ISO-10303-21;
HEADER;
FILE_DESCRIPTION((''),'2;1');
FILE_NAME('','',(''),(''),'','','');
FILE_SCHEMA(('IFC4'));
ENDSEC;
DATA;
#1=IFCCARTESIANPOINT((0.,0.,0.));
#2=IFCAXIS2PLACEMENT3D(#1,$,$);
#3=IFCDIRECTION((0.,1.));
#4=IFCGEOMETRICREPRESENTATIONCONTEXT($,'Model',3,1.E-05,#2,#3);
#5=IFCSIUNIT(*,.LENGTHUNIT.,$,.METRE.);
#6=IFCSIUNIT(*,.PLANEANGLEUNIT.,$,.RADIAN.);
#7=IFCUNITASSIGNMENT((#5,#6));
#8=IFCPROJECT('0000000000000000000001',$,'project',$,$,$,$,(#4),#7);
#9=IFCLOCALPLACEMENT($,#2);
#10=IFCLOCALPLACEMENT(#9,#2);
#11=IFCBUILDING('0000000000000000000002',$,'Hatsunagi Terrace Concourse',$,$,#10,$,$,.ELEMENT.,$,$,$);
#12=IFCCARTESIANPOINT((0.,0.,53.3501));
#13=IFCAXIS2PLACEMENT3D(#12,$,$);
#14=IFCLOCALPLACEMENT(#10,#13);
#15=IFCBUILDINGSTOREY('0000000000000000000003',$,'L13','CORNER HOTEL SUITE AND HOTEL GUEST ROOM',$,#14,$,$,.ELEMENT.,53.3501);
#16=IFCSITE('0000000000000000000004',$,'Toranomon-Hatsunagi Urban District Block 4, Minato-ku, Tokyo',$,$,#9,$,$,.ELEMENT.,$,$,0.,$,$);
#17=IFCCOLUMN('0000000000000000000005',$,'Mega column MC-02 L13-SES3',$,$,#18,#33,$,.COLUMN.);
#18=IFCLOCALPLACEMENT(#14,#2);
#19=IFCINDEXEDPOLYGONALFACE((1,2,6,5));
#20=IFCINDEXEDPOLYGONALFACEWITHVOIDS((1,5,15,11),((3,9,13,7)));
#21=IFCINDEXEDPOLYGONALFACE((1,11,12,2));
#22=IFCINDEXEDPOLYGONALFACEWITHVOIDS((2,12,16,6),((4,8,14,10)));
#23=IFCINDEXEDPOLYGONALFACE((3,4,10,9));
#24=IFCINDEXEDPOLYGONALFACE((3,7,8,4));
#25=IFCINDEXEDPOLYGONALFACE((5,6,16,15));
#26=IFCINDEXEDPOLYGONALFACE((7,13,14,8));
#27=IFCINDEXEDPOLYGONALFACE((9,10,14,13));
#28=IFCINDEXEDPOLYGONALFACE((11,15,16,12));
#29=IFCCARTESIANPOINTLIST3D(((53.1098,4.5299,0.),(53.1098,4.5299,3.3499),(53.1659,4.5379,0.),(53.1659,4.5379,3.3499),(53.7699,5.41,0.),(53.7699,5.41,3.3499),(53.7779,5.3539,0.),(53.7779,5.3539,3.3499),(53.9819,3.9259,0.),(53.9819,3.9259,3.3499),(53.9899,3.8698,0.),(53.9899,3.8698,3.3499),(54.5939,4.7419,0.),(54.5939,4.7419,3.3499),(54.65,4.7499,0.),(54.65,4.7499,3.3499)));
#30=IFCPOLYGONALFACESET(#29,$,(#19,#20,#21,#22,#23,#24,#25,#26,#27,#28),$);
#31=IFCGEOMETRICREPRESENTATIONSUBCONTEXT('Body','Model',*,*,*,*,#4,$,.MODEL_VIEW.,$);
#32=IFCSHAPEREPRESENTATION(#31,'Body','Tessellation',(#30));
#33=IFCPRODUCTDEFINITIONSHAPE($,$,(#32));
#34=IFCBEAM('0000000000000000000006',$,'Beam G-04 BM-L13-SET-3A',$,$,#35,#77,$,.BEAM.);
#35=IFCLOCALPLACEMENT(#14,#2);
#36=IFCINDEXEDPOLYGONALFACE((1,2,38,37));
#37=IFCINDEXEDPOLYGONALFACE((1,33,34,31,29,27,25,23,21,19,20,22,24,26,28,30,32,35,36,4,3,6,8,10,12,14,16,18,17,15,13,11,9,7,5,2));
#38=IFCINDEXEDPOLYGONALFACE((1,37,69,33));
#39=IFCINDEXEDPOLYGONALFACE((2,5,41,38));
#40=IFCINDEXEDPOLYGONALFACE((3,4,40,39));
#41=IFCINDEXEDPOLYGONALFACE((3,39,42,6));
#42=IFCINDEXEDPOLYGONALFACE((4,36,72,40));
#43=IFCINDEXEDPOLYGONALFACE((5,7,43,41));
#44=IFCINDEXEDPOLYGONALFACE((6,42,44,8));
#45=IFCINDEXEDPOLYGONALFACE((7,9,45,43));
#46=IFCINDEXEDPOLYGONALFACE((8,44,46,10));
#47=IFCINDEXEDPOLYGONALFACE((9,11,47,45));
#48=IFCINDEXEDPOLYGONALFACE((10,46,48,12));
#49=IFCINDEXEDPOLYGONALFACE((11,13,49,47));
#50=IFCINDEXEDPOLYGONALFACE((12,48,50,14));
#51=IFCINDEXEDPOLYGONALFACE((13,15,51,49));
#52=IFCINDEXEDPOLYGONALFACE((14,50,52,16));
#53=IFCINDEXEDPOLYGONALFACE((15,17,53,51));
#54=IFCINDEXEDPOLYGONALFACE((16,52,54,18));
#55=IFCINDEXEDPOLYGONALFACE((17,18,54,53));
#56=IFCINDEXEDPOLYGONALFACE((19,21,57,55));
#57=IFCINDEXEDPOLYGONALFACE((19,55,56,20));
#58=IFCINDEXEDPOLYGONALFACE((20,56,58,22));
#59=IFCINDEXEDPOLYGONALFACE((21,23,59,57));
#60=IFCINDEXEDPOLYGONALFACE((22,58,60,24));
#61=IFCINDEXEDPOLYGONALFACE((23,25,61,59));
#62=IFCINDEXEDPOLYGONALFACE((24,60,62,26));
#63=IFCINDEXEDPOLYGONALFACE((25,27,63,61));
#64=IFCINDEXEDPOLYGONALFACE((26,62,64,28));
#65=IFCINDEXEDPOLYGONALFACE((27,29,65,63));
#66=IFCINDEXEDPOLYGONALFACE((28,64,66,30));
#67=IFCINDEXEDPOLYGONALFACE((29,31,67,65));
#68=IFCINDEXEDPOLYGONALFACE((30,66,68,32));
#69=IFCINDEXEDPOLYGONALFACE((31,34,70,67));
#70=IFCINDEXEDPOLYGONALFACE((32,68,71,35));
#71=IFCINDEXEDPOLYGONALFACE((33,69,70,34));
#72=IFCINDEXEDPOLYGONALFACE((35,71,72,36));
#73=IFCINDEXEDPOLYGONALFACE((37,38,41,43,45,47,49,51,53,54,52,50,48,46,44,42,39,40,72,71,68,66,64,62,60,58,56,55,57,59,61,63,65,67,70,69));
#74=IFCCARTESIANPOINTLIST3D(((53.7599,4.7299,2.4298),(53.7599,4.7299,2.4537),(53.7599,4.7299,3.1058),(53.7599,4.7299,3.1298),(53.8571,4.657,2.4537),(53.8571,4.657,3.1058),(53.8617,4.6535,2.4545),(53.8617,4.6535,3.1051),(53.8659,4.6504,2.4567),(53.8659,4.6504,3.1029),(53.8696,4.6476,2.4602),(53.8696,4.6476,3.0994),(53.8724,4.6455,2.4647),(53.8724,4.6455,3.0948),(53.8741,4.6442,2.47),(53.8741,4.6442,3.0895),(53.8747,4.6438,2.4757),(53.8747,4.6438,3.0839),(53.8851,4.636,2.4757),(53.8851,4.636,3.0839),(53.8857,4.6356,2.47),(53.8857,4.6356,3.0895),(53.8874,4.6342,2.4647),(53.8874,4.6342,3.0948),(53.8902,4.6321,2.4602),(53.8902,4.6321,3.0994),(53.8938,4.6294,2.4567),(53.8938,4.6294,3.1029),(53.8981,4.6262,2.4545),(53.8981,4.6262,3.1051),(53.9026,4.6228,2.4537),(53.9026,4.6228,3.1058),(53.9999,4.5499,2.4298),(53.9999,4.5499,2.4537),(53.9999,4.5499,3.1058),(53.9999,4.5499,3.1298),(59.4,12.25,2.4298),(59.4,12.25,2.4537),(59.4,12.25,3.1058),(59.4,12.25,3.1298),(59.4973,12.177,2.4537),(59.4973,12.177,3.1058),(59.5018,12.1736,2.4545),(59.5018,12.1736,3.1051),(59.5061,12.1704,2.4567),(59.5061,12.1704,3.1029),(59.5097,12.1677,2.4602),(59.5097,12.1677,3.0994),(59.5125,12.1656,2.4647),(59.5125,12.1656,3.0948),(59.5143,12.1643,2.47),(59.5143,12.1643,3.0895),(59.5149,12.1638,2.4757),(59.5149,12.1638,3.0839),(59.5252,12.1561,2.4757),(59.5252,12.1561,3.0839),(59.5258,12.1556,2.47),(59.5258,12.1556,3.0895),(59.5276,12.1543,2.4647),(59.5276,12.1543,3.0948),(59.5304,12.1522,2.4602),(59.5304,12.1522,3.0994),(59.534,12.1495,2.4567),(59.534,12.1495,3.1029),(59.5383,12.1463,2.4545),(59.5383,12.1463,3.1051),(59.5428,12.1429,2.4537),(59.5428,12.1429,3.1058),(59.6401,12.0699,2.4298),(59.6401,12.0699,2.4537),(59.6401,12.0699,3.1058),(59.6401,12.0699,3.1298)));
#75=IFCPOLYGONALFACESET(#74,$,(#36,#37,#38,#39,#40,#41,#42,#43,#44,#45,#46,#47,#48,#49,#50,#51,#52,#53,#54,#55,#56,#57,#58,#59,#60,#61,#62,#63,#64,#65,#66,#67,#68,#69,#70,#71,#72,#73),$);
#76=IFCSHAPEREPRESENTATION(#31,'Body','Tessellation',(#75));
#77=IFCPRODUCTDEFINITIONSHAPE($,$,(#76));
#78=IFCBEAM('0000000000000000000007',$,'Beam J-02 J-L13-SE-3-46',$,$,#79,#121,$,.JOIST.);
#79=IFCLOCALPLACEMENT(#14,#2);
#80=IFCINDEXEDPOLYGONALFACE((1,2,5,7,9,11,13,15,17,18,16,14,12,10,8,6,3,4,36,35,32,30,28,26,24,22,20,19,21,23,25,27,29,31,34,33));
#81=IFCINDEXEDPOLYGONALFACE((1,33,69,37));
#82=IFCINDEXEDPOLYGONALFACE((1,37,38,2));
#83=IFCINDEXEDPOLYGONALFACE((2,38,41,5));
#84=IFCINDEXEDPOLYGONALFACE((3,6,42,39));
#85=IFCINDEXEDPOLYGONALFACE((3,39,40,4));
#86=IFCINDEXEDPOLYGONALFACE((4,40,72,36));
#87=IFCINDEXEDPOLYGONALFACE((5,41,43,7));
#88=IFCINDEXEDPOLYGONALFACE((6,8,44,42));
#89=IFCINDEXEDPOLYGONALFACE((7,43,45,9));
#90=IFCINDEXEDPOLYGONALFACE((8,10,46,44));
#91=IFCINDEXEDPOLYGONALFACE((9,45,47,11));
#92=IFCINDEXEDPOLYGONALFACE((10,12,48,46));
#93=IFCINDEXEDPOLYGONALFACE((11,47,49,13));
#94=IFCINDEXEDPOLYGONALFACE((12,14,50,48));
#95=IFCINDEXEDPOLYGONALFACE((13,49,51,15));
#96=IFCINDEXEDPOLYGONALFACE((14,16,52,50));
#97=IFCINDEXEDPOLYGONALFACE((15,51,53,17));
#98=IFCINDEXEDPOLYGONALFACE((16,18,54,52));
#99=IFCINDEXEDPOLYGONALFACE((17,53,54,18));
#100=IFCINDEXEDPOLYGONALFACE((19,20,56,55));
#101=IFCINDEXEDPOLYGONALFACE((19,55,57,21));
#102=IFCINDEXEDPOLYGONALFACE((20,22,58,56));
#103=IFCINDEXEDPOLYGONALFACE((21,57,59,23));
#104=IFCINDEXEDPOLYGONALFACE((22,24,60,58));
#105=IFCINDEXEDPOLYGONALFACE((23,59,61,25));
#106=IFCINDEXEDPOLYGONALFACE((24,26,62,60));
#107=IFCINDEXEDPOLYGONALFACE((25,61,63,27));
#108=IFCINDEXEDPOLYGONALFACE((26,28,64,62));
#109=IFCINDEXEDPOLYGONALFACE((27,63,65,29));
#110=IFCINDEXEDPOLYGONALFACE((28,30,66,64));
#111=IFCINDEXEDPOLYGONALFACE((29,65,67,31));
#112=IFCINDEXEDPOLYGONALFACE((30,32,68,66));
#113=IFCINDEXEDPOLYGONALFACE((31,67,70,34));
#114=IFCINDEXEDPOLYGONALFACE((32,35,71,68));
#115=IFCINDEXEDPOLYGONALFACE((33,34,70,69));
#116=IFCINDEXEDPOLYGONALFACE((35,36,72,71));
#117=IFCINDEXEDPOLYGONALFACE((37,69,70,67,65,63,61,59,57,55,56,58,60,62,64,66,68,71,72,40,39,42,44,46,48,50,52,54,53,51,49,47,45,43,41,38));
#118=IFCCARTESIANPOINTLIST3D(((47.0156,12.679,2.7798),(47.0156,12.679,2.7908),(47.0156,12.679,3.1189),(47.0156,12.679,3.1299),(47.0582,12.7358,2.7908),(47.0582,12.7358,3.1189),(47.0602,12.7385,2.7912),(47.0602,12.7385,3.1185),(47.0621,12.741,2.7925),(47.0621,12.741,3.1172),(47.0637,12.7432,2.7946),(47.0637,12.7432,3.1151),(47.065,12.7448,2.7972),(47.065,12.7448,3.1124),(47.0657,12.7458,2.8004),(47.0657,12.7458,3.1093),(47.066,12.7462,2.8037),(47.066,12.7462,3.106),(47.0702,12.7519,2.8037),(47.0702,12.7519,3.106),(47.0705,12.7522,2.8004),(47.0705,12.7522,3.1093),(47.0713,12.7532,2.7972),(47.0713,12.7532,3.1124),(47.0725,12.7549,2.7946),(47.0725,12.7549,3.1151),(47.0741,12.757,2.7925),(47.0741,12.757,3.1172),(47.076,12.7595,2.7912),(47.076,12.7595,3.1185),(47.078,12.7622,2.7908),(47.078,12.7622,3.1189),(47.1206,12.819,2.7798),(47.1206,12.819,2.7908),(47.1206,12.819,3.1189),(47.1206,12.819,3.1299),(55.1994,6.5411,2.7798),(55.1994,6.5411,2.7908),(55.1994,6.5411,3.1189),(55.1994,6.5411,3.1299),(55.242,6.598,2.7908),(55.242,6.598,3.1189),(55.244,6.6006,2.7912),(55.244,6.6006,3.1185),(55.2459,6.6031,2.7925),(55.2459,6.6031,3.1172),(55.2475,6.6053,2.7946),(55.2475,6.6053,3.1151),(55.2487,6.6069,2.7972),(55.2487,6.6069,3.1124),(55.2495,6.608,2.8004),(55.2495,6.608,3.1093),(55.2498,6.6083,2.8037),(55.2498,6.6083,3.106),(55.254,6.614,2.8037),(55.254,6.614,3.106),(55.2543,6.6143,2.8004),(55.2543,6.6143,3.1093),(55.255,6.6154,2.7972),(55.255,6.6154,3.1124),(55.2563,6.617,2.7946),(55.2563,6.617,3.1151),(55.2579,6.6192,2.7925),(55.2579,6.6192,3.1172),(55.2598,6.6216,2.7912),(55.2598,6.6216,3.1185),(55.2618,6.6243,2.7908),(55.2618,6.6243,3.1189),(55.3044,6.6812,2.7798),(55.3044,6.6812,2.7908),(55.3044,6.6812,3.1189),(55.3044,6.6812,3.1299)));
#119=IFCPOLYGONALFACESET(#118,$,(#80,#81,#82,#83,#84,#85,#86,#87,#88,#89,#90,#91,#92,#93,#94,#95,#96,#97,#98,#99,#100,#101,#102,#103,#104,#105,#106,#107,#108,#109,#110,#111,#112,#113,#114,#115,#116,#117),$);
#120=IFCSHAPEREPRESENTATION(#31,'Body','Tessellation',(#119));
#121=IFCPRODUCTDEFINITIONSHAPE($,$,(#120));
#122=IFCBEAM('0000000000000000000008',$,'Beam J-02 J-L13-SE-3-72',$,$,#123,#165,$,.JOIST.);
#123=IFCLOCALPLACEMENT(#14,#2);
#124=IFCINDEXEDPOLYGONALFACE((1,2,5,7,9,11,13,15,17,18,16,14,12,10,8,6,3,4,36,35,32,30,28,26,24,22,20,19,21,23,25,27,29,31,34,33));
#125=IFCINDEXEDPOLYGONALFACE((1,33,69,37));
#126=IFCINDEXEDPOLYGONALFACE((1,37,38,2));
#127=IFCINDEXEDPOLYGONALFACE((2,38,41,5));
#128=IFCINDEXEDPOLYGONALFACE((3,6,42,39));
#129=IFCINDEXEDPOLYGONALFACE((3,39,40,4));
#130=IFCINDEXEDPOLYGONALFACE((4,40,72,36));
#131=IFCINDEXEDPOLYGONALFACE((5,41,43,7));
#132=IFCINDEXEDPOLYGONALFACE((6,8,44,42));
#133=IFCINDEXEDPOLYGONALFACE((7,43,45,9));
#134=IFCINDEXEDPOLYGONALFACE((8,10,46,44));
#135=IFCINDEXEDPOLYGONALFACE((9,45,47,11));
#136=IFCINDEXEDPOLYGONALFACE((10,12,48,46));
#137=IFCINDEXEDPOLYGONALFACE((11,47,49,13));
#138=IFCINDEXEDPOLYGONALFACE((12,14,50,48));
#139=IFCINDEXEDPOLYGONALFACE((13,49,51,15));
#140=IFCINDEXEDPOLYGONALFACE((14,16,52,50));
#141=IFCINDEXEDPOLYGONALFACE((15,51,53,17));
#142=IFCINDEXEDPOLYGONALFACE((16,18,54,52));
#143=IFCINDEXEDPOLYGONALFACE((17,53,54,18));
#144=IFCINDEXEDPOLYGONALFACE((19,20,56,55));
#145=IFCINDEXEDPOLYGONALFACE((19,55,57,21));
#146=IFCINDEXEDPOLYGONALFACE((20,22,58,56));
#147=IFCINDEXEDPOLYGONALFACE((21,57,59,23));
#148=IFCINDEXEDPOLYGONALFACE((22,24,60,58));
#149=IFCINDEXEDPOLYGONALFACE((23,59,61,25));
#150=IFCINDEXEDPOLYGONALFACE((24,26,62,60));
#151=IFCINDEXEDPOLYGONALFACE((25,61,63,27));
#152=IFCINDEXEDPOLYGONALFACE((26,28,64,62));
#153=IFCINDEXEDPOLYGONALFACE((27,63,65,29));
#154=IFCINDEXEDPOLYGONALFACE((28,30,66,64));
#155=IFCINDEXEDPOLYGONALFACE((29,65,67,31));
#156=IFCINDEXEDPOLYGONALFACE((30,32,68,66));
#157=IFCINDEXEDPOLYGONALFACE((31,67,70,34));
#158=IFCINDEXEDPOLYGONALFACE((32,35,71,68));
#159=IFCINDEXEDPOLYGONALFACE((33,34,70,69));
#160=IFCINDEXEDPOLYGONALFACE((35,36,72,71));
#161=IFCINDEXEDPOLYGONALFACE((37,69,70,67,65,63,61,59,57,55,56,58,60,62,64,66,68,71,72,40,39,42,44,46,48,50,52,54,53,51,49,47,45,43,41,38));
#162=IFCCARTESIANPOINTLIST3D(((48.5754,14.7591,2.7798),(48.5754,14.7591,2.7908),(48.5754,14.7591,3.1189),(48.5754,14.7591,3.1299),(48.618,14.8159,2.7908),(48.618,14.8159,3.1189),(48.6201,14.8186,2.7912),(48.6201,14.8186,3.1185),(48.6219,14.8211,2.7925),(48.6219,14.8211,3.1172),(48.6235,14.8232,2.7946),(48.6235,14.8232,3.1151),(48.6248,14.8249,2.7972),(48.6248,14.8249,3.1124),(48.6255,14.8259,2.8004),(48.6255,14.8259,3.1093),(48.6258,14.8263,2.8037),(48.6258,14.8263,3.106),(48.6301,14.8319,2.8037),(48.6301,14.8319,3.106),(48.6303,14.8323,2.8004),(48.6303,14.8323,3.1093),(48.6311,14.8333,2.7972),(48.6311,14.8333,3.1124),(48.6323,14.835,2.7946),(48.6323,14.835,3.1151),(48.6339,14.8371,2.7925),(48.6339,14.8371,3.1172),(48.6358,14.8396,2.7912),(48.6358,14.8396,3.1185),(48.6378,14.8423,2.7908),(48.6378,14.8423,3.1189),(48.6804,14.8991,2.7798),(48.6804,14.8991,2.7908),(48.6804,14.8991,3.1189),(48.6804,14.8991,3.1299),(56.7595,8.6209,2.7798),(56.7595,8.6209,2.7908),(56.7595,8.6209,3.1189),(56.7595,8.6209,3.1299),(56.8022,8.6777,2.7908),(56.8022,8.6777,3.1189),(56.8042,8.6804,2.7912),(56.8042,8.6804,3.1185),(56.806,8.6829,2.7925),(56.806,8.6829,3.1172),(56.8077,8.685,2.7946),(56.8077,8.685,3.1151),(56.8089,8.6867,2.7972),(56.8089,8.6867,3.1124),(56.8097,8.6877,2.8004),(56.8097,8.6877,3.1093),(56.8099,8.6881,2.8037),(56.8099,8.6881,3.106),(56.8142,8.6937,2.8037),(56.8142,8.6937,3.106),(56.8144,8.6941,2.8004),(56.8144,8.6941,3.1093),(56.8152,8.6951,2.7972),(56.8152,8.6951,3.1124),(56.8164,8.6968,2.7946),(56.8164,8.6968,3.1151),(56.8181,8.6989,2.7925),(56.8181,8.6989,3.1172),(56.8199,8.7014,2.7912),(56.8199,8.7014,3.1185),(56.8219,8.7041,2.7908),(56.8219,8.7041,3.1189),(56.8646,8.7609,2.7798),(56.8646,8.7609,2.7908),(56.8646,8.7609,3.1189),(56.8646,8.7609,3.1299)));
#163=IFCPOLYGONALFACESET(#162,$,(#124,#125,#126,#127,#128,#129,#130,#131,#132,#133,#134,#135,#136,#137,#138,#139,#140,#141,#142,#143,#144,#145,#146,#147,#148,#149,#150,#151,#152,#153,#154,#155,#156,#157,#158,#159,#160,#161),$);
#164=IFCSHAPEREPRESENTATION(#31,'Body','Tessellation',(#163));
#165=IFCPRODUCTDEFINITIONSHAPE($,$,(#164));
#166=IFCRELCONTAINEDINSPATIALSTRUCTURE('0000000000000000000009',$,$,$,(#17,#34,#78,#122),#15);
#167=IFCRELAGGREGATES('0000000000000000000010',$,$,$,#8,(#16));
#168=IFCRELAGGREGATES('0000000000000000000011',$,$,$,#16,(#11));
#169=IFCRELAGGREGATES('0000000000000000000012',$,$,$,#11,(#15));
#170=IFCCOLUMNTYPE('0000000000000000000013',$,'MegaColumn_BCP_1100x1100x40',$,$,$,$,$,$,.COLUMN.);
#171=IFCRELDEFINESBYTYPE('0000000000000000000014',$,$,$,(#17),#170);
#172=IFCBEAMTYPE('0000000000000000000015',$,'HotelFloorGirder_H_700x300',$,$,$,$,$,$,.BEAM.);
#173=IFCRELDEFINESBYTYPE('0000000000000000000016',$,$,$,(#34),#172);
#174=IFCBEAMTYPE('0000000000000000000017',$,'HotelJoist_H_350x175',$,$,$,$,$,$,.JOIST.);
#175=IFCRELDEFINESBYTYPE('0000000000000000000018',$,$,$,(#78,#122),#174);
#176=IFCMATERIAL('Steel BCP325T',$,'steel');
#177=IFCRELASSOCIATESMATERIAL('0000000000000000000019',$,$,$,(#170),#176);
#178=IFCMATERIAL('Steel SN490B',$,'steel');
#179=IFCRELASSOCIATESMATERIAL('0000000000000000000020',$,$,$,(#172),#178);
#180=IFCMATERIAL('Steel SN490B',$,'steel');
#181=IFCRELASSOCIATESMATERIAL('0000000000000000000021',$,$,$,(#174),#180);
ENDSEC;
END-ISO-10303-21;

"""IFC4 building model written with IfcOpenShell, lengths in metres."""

from ifc_helpers import new_model, si_unit, direction, frame, origin, origin_2d, place, context, subcontext, project, spatial, hollow_rectangle, i_section, extrude, material, material_profile, profile_set, type_object, element, save


model = new_model("IFC4")

# Units and contexts
model_context = context("Model", 3, precision=1e-05, world=origin(), true_north=direction((0.0, 1.0)))
body_context = subcontext(model_context, "Body", "Model", "MODEL_VIEW")
ifc_project = project(units=[si_unit("LENGTHUNIT", "METRE"), si_unit("PLANEANGLEUNIT", "RADIAN")], contexts=[model_context])

# Site, building, storey
site_placement = place(None, origin())
site = spatial("IfcSite", under=ifc_project, at=site_placement, Name="Toranomon-Hatsunagi Urban District Block 4, Minato-ku, Tokyo", CompositionType="ELEMENT", RefElevation=0.0)
building_placement = place(site_placement, origin())
building = spatial("IfcBuilding", under=site, at=building_placement, Name="Hatsunagi Terrace Concourse", CompositionType="ELEMENT")
storey_placement = place(building_placement, frame((0.0, 0.0, 53.3501)))
storey = spatial("IfcBuildingStorey", under=building, at=storey_placement, Name="L13", Description="CORNER HOTEL SUITE AND HOTEL GUEST ROOM", CompositionType="ELEMENT", Elevation=53.3501)

# Column
ifc_material_1 = material(Name="Steel BCP325T", Category="steel")
ifc_material_profile_1 = material_profile(ifc_material_1, hollow_rectangle(XDim=1.1001, YDim=1.1001, WallThickness=0.04, at=origin_2d()), Name="BCP-1100x1100x40")
ifc_profile_set_1 = profile_set([ifc_material_profile_1], Name="Steel BCP325T")
column_type = type_object("IfcColumnType", Name="MegaColumn_BCP_1100x1100x40", PredefinedType="COLUMN", material=ifc_profile_set_1)
column_placement = place(storey_placement, frame((53.8799, 4.6399, 0.0), z_axis=(0.0, 0.0, 1.0), x_axis=(0.8, -0.6, 0.0)))
element("IfcColumn", 1, at=column_placement, inside=storey, type_object=column_type, Name="Mega column MC-02 L13-SES3", PredefinedType="COLUMN", context=body_context, shape_type="SweptSolid", body=[
    extrude(hollow_rectangle(XDim=1.1001, YDim=1.1001, WallThickness=0.04, at=origin_2d()), origin(), (0.0, 0.0, 1.0), 3.3499),
])

# Beams
ifc_material_2 = material(Name="Steel SN490B", Category="steel")
ifc_material_profile_2 = material_profile(ifc_material_2, i_section(OverallWidth=0.3, OverallDepth=0.7, WebThickness=0.0129, FlangeThickness=0.0239, FilletRadius=0.022, at=origin_2d()), Name="H-700x300x13x24")
ifc_profile_set_2 = profile_set([ifc_material_profile_2], Name="Steel SN490B")
beam_type_1 = type_object("IfcBeamType", Name="HotelFloorGirder_H_700x300", PredefinedType="BEAM", material=ifc_profile_set_2)
beam_1_placement = place(storey_placement, frame((53.8799, 4.6399, 2.7798), z_axis=(0.600008, 0.799994, 0.0), x_axis=(-0.799994, 0.600008, 0.0)))
element("IfcBeam", 2, at=beam_1_placement, inside=storey, type_object=beam_type_1, Name="Beam G-04 BM-L13-SET-3A", PredefinedType="BEAM", context=body_context, shape_type="SweptSolid", body=[
    extrude(i_section(OverallWidth=0.3, OverallDepth=0.7, WebThickness=0.0129, FlangeThickness=0.0239, FilletRadius=0.022, at=origin_2d()), origin(), (0.0, 0.0, 1.0), 9.4001),
])
ifc_material_3 = material(Name="Steel SN490B", Category="steel")
ifc_material_profile_3 = material_profile(ifc_material_3, i_section(OverallWidth=0.175, OverallDepth=0.3501, WebThickness=0.0071, FlangeThickness=0.011, FilletRadius=0.0129, at=origin_2d()), Name="H-350x175x7x11")
ifc_profile_set_3 = profile_set([ifc_material_profile_3], Name="Steel SN490B")
beam_type_2 = type_object("IfcBeamType", Name="HotelJoist_H_350x175", PredefinedType="JOIST", material=ifc_profile_set_3)
beam_2_placement = place(storey_placement, frame((47.0681, 12.749, 2.9548), z_axis=(0.799997, -0.600004, 0.0), x_axis=(0.600004, 0.799997, 0.0)))
element("IfcBeam", 3, at=beam_2_placement, inside=storey, type_object=beam_type_2, Name="Beam J-02 J-L13-SE-3-46", PredefinedType="JOIST", context=body_context, shape_type="SweptSolid", body=[
    extrude(i_section(OverallWidth=0.175, OverallDepth=0.3501, WebThickness=0.0071, FlangeThickness=0.011, FilletRadius=0.0129, at=origin_2d()), origin(), (0.0, 0.0, 1.0), 10.2297),
])
beam_3_placement = place(storey_placement, frame((48.6279, 14.8291, 2.9548), z_axis=(0.799994, -0.600008, 0.0), x_axis=(0.600008, 0.799994, 0.0)))
element("IfcBeam", 4, at=beam_3_placement, inside=storey, type_object=beam_type_2, Name="Beam J-02 J-L13-SE-3-72", PredefinedType="JOIST", context=body_context, shape_type="SweptSolid", body=[
    extrude(i_section(OverallWidth=0.175, OverallDepth=0.3501, WebThickness=0.0071, FlangeThickness=0.011, FilletRadius=0.0129, at=origin_2d()), origin(), (0.0, 0.0, 1.0), 10.2302),
])

save(model, "model.ifc")
